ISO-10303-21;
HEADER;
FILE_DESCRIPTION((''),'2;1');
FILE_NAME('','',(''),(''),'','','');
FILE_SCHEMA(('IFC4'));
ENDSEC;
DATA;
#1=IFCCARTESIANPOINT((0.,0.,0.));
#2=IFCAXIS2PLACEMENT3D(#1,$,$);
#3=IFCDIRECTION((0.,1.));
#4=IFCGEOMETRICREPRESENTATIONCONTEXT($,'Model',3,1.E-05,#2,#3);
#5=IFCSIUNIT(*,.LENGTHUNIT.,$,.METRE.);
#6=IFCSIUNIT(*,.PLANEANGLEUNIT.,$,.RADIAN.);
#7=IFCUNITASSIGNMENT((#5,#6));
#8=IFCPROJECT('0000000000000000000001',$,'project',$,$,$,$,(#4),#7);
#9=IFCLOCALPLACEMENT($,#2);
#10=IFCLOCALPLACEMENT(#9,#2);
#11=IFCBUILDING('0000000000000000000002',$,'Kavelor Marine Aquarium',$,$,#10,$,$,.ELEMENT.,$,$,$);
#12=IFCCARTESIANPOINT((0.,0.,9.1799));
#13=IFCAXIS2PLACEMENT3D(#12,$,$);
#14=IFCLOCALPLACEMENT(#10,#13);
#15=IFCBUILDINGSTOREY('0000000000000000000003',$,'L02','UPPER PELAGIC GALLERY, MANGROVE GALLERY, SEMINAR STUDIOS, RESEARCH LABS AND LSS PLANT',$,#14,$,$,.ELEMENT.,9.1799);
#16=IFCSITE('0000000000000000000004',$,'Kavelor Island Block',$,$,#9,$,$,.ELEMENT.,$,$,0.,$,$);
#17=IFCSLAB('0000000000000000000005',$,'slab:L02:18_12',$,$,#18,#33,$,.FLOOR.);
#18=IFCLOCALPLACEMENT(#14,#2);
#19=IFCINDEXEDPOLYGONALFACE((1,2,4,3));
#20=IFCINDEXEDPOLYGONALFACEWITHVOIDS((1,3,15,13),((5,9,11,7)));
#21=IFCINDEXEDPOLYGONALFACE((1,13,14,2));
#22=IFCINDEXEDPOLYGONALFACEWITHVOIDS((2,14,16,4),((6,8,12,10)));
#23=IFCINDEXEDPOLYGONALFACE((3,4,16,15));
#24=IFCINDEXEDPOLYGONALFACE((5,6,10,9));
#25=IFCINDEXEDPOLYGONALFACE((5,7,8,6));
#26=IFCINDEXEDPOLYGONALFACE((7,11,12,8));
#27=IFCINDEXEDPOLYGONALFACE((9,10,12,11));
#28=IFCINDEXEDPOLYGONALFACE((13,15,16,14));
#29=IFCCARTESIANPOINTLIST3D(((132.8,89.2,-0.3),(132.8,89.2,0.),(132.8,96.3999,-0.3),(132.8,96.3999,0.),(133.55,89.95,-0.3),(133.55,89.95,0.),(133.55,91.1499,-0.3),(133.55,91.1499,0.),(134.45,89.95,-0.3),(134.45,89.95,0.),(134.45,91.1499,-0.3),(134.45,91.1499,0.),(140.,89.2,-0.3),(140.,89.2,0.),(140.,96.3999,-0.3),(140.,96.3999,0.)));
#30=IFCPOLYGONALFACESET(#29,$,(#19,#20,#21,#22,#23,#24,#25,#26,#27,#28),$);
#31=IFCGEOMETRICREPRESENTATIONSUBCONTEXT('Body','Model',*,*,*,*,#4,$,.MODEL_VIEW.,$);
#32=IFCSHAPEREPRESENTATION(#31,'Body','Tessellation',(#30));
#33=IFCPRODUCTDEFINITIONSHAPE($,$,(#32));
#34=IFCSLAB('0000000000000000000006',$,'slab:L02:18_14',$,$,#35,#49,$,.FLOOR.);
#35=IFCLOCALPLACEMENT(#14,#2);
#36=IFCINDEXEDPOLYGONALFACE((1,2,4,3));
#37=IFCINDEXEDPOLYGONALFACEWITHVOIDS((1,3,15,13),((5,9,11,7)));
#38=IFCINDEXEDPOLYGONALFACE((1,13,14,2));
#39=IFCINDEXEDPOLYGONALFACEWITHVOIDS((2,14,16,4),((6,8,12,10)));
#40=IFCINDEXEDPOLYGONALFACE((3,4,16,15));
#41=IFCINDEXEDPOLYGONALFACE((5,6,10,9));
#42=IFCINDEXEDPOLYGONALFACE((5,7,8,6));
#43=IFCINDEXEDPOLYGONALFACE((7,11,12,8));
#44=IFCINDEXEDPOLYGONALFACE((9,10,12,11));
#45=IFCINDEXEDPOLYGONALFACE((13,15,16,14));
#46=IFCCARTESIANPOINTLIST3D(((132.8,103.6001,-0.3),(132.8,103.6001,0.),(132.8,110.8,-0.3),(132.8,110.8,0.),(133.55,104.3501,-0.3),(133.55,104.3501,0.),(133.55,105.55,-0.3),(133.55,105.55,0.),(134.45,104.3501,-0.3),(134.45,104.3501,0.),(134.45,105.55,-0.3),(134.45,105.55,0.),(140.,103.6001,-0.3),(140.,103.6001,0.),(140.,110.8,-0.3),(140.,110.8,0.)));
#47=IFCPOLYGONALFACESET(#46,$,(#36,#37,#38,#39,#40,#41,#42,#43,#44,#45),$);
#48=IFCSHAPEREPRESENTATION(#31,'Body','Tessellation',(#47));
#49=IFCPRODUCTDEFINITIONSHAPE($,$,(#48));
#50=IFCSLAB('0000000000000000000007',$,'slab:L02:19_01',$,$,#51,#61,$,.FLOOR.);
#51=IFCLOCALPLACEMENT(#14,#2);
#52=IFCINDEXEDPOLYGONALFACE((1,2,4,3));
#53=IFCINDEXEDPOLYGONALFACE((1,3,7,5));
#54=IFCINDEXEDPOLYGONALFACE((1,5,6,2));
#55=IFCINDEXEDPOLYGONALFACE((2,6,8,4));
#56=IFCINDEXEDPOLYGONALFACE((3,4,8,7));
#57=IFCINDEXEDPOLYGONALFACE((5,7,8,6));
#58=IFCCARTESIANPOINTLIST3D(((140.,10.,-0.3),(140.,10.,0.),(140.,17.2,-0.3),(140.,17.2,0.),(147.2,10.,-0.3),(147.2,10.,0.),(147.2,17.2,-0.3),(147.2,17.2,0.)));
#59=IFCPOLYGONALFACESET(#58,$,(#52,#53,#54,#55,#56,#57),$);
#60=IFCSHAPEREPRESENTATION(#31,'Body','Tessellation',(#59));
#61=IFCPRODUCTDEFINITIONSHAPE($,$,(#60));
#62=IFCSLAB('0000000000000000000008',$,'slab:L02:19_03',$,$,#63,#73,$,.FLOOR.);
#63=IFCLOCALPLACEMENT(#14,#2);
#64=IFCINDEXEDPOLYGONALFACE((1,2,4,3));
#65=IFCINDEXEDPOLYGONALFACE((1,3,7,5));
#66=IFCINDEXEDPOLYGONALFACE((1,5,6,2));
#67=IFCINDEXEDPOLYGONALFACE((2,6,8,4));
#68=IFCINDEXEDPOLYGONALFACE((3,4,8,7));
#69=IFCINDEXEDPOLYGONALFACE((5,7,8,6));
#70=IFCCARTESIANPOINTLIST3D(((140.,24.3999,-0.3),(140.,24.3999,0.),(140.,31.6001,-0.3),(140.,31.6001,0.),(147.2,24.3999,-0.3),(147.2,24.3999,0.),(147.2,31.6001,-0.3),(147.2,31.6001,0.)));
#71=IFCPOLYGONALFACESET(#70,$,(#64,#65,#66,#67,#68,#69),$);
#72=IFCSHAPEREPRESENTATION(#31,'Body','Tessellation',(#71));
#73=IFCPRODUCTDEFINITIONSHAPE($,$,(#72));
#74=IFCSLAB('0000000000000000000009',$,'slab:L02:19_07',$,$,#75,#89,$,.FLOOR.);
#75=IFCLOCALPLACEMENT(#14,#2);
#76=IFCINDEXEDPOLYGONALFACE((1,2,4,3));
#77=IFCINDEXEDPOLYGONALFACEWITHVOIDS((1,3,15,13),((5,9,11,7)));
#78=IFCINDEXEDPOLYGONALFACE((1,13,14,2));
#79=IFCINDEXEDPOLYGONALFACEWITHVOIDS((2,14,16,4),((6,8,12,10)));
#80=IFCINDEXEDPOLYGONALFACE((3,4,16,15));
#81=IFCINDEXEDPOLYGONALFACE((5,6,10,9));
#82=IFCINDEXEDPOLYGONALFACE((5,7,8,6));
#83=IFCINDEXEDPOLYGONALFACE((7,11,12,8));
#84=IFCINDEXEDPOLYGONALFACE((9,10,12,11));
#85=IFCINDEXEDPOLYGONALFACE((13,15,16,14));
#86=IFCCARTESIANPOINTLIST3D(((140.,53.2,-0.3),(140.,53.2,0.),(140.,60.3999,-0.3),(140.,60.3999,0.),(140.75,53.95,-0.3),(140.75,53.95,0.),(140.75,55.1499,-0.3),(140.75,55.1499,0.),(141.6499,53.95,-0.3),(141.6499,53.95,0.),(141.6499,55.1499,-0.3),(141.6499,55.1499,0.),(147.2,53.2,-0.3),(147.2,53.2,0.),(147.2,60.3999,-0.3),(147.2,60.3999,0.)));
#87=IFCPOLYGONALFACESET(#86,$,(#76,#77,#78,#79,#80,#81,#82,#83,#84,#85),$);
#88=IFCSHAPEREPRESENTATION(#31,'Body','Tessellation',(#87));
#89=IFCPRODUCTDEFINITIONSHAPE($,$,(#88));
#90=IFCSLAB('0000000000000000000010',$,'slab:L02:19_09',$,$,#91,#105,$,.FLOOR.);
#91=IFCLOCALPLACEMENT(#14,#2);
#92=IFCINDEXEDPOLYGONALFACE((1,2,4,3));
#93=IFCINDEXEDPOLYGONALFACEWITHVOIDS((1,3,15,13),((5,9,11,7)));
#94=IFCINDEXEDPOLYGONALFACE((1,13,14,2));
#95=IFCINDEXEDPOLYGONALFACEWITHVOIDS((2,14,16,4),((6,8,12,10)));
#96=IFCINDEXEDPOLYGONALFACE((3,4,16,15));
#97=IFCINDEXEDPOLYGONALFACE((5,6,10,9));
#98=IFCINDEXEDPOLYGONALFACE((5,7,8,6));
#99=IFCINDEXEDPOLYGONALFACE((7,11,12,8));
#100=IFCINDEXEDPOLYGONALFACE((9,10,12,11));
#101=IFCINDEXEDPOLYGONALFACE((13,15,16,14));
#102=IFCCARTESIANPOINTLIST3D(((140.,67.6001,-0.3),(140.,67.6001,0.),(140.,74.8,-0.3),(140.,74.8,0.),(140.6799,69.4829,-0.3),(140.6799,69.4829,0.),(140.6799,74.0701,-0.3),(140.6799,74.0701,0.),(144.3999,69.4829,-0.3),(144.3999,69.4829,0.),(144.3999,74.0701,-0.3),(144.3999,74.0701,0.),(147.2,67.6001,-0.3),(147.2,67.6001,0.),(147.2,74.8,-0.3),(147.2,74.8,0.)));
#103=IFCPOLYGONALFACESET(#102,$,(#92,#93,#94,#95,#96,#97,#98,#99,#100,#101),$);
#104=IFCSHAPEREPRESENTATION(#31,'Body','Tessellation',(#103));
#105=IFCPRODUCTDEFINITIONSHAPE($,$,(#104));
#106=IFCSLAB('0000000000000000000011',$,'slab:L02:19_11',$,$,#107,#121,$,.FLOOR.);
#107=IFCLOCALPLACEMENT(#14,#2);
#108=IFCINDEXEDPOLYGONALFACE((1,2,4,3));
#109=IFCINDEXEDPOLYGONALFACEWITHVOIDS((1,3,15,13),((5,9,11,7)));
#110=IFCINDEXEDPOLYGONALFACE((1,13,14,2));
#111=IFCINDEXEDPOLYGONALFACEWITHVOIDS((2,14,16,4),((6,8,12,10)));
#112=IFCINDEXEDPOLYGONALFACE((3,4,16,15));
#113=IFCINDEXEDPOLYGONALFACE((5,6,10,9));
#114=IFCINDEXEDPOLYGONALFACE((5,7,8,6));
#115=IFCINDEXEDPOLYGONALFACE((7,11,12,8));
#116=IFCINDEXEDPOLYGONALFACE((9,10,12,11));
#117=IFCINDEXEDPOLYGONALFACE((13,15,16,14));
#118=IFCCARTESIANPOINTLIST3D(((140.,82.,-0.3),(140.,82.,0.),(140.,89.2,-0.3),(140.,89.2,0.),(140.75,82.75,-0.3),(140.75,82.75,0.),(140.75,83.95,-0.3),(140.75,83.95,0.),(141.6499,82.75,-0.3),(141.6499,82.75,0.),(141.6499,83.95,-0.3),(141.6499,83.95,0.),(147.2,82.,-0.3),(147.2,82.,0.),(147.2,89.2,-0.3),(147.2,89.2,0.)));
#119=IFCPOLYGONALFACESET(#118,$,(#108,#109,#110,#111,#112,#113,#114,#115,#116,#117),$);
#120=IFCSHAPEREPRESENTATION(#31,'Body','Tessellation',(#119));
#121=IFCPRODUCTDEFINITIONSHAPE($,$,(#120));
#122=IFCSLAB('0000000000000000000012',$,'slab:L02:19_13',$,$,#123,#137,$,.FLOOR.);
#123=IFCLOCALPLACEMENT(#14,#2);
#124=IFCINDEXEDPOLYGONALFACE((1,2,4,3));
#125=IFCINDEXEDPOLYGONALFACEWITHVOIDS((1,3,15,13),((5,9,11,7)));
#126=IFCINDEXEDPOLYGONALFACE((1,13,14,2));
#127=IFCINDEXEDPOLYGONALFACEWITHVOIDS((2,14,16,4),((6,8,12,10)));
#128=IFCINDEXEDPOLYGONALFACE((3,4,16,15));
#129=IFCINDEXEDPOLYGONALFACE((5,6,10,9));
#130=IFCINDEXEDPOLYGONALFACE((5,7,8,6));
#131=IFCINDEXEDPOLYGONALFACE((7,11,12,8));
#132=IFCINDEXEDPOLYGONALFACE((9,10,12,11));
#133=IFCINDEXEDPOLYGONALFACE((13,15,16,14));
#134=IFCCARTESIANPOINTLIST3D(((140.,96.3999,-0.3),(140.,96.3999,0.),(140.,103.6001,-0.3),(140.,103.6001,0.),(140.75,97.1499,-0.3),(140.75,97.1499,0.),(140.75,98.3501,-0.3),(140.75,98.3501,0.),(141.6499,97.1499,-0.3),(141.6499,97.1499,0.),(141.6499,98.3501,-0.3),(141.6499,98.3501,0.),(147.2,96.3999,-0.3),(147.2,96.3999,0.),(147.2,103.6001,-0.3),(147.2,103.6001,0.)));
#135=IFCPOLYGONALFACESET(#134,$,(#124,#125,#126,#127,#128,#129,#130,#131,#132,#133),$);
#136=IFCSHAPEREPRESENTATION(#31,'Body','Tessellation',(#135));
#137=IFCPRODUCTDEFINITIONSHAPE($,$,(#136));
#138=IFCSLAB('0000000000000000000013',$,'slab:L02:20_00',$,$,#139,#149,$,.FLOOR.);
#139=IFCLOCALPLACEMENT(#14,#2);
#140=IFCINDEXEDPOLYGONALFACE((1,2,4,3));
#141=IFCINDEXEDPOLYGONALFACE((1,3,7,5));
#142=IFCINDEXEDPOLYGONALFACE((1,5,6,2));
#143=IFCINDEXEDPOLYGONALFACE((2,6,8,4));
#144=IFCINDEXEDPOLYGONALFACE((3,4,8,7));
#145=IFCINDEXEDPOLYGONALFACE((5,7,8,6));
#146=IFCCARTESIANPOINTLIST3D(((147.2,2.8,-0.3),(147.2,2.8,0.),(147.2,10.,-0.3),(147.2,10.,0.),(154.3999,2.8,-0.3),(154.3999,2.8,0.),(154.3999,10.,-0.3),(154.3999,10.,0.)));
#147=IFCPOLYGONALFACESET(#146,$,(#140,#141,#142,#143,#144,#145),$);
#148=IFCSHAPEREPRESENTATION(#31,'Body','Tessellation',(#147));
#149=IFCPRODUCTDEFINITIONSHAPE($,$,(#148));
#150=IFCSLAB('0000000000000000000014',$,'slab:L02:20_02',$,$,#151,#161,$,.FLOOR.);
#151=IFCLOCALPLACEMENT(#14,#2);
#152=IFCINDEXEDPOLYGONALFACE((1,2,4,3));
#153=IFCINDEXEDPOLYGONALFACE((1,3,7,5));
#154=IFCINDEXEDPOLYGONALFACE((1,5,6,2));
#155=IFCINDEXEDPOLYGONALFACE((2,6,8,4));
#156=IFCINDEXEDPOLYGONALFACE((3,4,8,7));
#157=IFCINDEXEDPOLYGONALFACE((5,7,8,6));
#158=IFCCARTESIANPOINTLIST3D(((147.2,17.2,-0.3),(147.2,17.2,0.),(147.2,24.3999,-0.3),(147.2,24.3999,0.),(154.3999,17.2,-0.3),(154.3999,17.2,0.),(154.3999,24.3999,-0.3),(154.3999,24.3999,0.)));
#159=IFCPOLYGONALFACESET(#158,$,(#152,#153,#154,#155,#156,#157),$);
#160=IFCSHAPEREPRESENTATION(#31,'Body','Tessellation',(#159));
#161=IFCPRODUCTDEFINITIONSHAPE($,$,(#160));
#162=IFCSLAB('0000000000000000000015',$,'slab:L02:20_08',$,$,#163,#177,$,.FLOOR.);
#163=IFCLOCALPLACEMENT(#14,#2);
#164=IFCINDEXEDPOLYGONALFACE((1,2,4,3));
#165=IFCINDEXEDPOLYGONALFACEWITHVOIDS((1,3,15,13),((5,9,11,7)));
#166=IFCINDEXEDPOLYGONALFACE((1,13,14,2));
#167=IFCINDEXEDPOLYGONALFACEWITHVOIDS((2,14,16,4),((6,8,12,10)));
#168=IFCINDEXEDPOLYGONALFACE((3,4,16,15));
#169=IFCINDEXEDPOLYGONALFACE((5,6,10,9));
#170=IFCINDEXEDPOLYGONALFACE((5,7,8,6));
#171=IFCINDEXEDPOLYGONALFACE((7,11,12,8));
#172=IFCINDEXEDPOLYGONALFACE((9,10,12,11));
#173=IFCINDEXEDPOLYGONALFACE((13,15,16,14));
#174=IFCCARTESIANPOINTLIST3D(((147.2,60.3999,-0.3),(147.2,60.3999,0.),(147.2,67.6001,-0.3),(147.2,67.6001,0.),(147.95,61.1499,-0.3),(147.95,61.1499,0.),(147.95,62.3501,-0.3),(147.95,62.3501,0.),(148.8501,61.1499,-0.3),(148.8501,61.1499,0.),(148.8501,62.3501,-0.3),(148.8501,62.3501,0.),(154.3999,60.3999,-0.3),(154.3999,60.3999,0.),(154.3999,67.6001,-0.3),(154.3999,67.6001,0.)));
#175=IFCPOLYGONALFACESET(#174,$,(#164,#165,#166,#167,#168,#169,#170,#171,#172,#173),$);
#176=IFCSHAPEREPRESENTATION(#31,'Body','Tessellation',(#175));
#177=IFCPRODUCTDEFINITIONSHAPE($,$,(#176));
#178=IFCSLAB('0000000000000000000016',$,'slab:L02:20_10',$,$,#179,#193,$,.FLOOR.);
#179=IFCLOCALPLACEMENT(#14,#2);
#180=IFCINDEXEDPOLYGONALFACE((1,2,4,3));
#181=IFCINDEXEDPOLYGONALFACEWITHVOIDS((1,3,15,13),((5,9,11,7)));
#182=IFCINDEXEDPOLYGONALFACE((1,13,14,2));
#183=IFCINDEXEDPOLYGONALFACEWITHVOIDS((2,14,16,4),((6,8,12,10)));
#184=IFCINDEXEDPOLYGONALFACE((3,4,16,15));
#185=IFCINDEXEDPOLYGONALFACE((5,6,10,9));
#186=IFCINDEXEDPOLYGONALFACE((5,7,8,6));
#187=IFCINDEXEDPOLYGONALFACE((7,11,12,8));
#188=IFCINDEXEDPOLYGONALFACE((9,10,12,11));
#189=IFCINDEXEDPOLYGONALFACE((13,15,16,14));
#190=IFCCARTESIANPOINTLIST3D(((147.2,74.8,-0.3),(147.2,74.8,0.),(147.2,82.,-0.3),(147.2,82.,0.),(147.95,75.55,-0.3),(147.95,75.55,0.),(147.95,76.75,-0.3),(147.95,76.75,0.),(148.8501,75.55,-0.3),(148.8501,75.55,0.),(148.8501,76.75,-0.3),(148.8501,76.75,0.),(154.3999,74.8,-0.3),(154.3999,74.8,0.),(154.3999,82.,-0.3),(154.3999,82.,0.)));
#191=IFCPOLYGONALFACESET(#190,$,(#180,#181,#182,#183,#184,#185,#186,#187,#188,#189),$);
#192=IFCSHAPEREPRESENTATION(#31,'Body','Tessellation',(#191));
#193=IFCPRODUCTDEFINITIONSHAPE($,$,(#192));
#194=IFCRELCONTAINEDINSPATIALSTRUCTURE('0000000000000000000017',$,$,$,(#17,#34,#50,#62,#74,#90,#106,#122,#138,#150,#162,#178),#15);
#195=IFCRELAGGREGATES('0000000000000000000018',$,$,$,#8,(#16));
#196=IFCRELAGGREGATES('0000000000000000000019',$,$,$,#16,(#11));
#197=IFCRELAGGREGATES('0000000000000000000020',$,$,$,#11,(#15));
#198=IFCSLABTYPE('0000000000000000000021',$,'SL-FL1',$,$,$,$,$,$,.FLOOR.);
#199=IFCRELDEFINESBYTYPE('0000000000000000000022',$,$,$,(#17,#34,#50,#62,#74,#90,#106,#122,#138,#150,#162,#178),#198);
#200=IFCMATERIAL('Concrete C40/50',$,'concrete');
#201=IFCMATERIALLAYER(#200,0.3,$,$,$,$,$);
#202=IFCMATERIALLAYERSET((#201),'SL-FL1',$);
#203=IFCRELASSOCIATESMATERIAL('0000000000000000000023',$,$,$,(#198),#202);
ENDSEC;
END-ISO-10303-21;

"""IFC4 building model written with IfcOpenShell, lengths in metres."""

from ifc_helpers import new_model, si_unit, direction, frame, origin, place, context, subcontext, project, spatial, polyline, outline, extrude, material, layer, layer_set, type_object, element, save


model = new_model("IFC4")

# Units and contexts
model_context = context("Model", 3, precision=1e-05, world=origin(), true_north=direction((0.0, 1.0)))
body_context = subcontext(model_context, "Body", "Model", "MODEL_VIEW")
ifc_project = project(units=[si_unit("LENGTHUNIT", "METRE"), si_unit("PLANEANGLEUNIT", "RADIAN")], contexts=[model_context])

# Site, building, storey
site_placement = place(None, origin())
site = spatial("IfcSite", under=ifc_project, at=site_placement, Name="Kavelor Island Block", CompositionType="ELEMENT", RefElevation=0.0)
building_placement = place(site_placement, origin())
building = spatial("IfcBuilding", under=site, at=building_placement, Name="Kavelor Marine Aquarium", CompositionType="ELEMENT")
storey_placement = place(building_placement, frame((0.0, 0.0, 9.1799)))
storey = spatial("IfcBuildingStorey", under=building, at=storey_placement, Name="L02", Description="UPPER PELAGIC GALLERY, MANGROVE GALLERY, SEMINAR STUDIOS, RESEARCH LABS AND LSS PLANT", CompositionType="ELEMENT", Elevation=9.1799)

# Slabs
ifc_material = material(Name="Concrete C40/50", Category="concrete")
ifc_layer = layer(ifc_material, 0.3)
ifc_layer_set = layer_set([ifc_layer], Name="SL-FL1")
slab_type = type_object("IfcSlabType", Name="SL-FL1", PredefinedType="FLOOR", material=ifc_layer_set)
slab_1_placement = place(storey_placement, frame((0.0, 0.0, -0.3)))
element("IfcSlab", 1, at=slab_1_placement, inside=storey, type_object=slab_type, Name="slab:L02:18_12", PredefinedType="FLOOR", context=body_context, shape_type="SweptSolid", body=[
    extrude(outline(polyline([(132.8, 89.2), (140.0, 89.2), (140.0, 96.3999), (132.8, 96.3999), (132.8, 89.2)]), holes=[polyline([(133.55, 89.95), (134.45, 89.95), (134.45, 91.1499), (133.55, 91.1499), (133.55, 89.95)])]), origin(), (0.0, 0.0, 1.0), 0.3),
])
slab_2_placement = place(storey_placement, frame((0.0, 0.0, -0.3)))
element("IfcSlab", 2, at=slab_2_placement, inside=storey, type_object=slab_type, Name="slab:L02:18_14", PredefinedType="FLOOR", context=body_context, shape_type="SweptSolid", body=[
    extrude(outline(polyline([(132.8, 103.6001), (140.0, 103.6001), (140.0, 110.8), (132.8, 110.8), (132.8, 103.6001)]), holes=[polyline([(133.55, 104.3501), (134.45, 104.3501), (134.45, 105.55), (133.55, 105.55), (133.55, 104.3501)])]), origin(), (0.0, 0.0, 1.0), 0.3),
])
slab_3_placement = place(storey_placement, frame((0.0, 0.0, -0.3)))
element("IfcSlab", 3, at=slab_3_placement, inside=storey, type_object=slab_type, Name="slab:L02:19_01", PredefinedType="FLOOR", context=body_context, shape_type="SweptSolid", body=[
    extrude(outline(polyline([(140.0, 10.0), (147.2, 10.0), (147.2, 17.2), (140.0, 17.2), (140.0, 10.0)])), origin(), (0.0, 0.0, 1.0), 0.3),
])
slab_4_placement = place(storey_placement, frame((0.0, 0.0, -0.3)))
element("IfcSlab", 4, at=slab_4_placement, inside=storey, type_object=slab_type, Name="slab:L02:19_03", PredefinedType="FLOOR", context=body_context, shape_type="SweptSolid", body=[
    extrude(outline(polyline([(140.0, 24.3999), (147.2, 24.3999), (147.2, 31.6001), (140.0, 31.6001), (140.0, 24.3999)])), origin(), (0.0, 0.0, 1.0), 0.3),
])
slab_5_placement = place(storey_placement, frame((0.0, 0.0, -0.3)))
element("IfcSlab", 5, at=slab_5_placement, inside=storey, type_object=slab_type, Name="slab:L02:19_07", PredefinedType="FLOOR", context=body_context, shape_type="SweptSolid", body=[
    extrude(outline(polyline([(140.0, 53.2), (147.2, 53.2), (147.2, 60.3999), (140.0, 60.3999), (140.0, 53.2)]), holes=[polyline([(140.75, 53.95), (141.6499, 53.95), (141.6499, 55.1499), (140.75, 55.1499), (140.75, 53.95)])]), origin(), (0.0, 0.0, 1.0), 0.3),
])
slab_6_placement = place(storey_placement, frame((0.0, 0.0, -0.3)))
element("IfcSlab", 6, at=slab_6_placement, inside=storey, type_object=slab_type, Name="slab:L02:19_09", PredefinedType="FLOOR", context=body_context, shape_type="SweptSolid", body=[
    extrude(outline(polyline([(140.0, 67.6001), (147.2, 67.6001), (147.2, 74.8), (140.0, 74.8), (140.0, 67.6001)]), holes=[polyline([(140.6799, 69.4829), (144.3999, 69.4829), (144.3999, 74.0701), (140.6799, 74.0701), (140.6799, 69.4829)])]), origin(), (0.0, 0.0, 1.0), 0.3),
])
slab_7_placement = place(storey_placement, frame((0.0, 0.0, -0.3)))
element("IfcSlab", 7, at=slab_7_placement, inside=storey, type_object=slab_type, Name="slab:L02:19_11", PredefinedType="FLOOR", context=body_context, shape_type="SweptSolid", body=[
    extrude(outline(polyline([(140.0, 82.0), (147.2, 82.0), (147.2, 89.2), (140.0, 89.2), (140.0, 82.0)]), holes=[polyline([(140.75, 82.75), (141.6499, 82.75), (141.6499, 83.95), (140.75, 83.95), (140.75, 82.75)])]), origin(), (0.0, 0.0, 1.0), 0.3),
])
slab_8_placement = place(storey_placement, frame((0.0, 0.0, -0.3)))
element("IfcSlab", 8, at=slab_8_placement, inside=storey, type_object=slab_type, Name="slab:L02:19_13", PredefinedType="FLOOR", context=body_context, shape_type="SweptSolid", body=[
    extrude(outline(polyline([(140.0, 96.3999), (147.2, 96.3999), (147.2, 103.6001), (140.0, 103.6001), (140.0, 96.3999)]), holes=[polyline([(140.75, 97.1499), (141.6499, 97.1499), (141.6499, 98.3501), (140.75, 98.3501), (140.75, 97.1499)])]), origin(), (0.0, 0.0, 1.0), 0.3),
])
slab_9_placement = place(storey_placement, frame((0.0, 0.0, -0.3)))
element("IfcSlab", 9, at=slab_9_placement, inside=storey, type_object=slab_type, Name="slab:L02:20_00", PredefinedType="FLOOR", context=body_context, shape_type="SweptSolid", body=[
    extrude(outline(polyline([(147.2, 2.8), (154.3999, 2.8), (154.3999, 10.0), (147.2, 10.0), (147.2, 2.8)])), origin(), (0.0, 0.0, 1.0), 0.3),
])
slab_10_placement = place(storey_placement, frame((0.0, 0.0, -0.3)))
element("IfcSlab", 10, at=slab_10_placement, inside=storey, type_object=slab_type, Name="slab:L02:20_02", PredefinedType="FLOOR", context=body_context, shape_type="SweptSolid", body=[
    extrude(outline(polyline([(147.2, 17.2), (154.3999, 17.2), (154.3999, 24.3999), (147.2, 24.3999), (147.2, 17.2)])), origin(), (0.0, 0.0, 1.0), 0.3),
])
slab_11_placement = place(storey_placement, frame((0.0, 0.0, -0.3)))
element("IfcSlab", 11, at=slab_11_placement, inside=storey, type_object=slab_type, Name="slab:L02:20_08", PredefinedType="FLOOR", context=body_context, shape_type="SweptSolid", body=[
    extrude(outline(polyline([(147.2, 60.3999), (154.3999, 60.3999), (154.3999, 67.6001), (147.2, 67.6001), (147.2, 60.3999)]), holes=[polyline([(147.95, 61.1499), (148.8501, 61.1499), (148.8501, 62.3501), (147.95, 62.3501), (147.95, 61.1499)])]), origin(), (0.0, 0.0, 1.0), 0.3),
])
slab_12_placement = place(storey_placement, frame((0.0, 0.0, -0.3)))
element("IfcSlab", 12, at=slab_12_placement, inside=storey, type_object=slab_type, Name="slab:L02:20_10", PredefinedType="FLOOR", context=body_context, shape_type="SweptSolid", body=[
    extrude(outline(polyline([(147.2, 74.8), (154.3999, 74.8), (154.3999, 82.0), (147.2, 82.0), (147.2, 74.8)]), holes=[polyline([(147.95, 75.55), (148.8501, 75.55), (148.8501, 76.75), (147.95, 76.75), (147.95, 75.55)])]), origin(), (0.0, 0.0, 1.0), 0.3),
])

save(model, "model.ifc")
